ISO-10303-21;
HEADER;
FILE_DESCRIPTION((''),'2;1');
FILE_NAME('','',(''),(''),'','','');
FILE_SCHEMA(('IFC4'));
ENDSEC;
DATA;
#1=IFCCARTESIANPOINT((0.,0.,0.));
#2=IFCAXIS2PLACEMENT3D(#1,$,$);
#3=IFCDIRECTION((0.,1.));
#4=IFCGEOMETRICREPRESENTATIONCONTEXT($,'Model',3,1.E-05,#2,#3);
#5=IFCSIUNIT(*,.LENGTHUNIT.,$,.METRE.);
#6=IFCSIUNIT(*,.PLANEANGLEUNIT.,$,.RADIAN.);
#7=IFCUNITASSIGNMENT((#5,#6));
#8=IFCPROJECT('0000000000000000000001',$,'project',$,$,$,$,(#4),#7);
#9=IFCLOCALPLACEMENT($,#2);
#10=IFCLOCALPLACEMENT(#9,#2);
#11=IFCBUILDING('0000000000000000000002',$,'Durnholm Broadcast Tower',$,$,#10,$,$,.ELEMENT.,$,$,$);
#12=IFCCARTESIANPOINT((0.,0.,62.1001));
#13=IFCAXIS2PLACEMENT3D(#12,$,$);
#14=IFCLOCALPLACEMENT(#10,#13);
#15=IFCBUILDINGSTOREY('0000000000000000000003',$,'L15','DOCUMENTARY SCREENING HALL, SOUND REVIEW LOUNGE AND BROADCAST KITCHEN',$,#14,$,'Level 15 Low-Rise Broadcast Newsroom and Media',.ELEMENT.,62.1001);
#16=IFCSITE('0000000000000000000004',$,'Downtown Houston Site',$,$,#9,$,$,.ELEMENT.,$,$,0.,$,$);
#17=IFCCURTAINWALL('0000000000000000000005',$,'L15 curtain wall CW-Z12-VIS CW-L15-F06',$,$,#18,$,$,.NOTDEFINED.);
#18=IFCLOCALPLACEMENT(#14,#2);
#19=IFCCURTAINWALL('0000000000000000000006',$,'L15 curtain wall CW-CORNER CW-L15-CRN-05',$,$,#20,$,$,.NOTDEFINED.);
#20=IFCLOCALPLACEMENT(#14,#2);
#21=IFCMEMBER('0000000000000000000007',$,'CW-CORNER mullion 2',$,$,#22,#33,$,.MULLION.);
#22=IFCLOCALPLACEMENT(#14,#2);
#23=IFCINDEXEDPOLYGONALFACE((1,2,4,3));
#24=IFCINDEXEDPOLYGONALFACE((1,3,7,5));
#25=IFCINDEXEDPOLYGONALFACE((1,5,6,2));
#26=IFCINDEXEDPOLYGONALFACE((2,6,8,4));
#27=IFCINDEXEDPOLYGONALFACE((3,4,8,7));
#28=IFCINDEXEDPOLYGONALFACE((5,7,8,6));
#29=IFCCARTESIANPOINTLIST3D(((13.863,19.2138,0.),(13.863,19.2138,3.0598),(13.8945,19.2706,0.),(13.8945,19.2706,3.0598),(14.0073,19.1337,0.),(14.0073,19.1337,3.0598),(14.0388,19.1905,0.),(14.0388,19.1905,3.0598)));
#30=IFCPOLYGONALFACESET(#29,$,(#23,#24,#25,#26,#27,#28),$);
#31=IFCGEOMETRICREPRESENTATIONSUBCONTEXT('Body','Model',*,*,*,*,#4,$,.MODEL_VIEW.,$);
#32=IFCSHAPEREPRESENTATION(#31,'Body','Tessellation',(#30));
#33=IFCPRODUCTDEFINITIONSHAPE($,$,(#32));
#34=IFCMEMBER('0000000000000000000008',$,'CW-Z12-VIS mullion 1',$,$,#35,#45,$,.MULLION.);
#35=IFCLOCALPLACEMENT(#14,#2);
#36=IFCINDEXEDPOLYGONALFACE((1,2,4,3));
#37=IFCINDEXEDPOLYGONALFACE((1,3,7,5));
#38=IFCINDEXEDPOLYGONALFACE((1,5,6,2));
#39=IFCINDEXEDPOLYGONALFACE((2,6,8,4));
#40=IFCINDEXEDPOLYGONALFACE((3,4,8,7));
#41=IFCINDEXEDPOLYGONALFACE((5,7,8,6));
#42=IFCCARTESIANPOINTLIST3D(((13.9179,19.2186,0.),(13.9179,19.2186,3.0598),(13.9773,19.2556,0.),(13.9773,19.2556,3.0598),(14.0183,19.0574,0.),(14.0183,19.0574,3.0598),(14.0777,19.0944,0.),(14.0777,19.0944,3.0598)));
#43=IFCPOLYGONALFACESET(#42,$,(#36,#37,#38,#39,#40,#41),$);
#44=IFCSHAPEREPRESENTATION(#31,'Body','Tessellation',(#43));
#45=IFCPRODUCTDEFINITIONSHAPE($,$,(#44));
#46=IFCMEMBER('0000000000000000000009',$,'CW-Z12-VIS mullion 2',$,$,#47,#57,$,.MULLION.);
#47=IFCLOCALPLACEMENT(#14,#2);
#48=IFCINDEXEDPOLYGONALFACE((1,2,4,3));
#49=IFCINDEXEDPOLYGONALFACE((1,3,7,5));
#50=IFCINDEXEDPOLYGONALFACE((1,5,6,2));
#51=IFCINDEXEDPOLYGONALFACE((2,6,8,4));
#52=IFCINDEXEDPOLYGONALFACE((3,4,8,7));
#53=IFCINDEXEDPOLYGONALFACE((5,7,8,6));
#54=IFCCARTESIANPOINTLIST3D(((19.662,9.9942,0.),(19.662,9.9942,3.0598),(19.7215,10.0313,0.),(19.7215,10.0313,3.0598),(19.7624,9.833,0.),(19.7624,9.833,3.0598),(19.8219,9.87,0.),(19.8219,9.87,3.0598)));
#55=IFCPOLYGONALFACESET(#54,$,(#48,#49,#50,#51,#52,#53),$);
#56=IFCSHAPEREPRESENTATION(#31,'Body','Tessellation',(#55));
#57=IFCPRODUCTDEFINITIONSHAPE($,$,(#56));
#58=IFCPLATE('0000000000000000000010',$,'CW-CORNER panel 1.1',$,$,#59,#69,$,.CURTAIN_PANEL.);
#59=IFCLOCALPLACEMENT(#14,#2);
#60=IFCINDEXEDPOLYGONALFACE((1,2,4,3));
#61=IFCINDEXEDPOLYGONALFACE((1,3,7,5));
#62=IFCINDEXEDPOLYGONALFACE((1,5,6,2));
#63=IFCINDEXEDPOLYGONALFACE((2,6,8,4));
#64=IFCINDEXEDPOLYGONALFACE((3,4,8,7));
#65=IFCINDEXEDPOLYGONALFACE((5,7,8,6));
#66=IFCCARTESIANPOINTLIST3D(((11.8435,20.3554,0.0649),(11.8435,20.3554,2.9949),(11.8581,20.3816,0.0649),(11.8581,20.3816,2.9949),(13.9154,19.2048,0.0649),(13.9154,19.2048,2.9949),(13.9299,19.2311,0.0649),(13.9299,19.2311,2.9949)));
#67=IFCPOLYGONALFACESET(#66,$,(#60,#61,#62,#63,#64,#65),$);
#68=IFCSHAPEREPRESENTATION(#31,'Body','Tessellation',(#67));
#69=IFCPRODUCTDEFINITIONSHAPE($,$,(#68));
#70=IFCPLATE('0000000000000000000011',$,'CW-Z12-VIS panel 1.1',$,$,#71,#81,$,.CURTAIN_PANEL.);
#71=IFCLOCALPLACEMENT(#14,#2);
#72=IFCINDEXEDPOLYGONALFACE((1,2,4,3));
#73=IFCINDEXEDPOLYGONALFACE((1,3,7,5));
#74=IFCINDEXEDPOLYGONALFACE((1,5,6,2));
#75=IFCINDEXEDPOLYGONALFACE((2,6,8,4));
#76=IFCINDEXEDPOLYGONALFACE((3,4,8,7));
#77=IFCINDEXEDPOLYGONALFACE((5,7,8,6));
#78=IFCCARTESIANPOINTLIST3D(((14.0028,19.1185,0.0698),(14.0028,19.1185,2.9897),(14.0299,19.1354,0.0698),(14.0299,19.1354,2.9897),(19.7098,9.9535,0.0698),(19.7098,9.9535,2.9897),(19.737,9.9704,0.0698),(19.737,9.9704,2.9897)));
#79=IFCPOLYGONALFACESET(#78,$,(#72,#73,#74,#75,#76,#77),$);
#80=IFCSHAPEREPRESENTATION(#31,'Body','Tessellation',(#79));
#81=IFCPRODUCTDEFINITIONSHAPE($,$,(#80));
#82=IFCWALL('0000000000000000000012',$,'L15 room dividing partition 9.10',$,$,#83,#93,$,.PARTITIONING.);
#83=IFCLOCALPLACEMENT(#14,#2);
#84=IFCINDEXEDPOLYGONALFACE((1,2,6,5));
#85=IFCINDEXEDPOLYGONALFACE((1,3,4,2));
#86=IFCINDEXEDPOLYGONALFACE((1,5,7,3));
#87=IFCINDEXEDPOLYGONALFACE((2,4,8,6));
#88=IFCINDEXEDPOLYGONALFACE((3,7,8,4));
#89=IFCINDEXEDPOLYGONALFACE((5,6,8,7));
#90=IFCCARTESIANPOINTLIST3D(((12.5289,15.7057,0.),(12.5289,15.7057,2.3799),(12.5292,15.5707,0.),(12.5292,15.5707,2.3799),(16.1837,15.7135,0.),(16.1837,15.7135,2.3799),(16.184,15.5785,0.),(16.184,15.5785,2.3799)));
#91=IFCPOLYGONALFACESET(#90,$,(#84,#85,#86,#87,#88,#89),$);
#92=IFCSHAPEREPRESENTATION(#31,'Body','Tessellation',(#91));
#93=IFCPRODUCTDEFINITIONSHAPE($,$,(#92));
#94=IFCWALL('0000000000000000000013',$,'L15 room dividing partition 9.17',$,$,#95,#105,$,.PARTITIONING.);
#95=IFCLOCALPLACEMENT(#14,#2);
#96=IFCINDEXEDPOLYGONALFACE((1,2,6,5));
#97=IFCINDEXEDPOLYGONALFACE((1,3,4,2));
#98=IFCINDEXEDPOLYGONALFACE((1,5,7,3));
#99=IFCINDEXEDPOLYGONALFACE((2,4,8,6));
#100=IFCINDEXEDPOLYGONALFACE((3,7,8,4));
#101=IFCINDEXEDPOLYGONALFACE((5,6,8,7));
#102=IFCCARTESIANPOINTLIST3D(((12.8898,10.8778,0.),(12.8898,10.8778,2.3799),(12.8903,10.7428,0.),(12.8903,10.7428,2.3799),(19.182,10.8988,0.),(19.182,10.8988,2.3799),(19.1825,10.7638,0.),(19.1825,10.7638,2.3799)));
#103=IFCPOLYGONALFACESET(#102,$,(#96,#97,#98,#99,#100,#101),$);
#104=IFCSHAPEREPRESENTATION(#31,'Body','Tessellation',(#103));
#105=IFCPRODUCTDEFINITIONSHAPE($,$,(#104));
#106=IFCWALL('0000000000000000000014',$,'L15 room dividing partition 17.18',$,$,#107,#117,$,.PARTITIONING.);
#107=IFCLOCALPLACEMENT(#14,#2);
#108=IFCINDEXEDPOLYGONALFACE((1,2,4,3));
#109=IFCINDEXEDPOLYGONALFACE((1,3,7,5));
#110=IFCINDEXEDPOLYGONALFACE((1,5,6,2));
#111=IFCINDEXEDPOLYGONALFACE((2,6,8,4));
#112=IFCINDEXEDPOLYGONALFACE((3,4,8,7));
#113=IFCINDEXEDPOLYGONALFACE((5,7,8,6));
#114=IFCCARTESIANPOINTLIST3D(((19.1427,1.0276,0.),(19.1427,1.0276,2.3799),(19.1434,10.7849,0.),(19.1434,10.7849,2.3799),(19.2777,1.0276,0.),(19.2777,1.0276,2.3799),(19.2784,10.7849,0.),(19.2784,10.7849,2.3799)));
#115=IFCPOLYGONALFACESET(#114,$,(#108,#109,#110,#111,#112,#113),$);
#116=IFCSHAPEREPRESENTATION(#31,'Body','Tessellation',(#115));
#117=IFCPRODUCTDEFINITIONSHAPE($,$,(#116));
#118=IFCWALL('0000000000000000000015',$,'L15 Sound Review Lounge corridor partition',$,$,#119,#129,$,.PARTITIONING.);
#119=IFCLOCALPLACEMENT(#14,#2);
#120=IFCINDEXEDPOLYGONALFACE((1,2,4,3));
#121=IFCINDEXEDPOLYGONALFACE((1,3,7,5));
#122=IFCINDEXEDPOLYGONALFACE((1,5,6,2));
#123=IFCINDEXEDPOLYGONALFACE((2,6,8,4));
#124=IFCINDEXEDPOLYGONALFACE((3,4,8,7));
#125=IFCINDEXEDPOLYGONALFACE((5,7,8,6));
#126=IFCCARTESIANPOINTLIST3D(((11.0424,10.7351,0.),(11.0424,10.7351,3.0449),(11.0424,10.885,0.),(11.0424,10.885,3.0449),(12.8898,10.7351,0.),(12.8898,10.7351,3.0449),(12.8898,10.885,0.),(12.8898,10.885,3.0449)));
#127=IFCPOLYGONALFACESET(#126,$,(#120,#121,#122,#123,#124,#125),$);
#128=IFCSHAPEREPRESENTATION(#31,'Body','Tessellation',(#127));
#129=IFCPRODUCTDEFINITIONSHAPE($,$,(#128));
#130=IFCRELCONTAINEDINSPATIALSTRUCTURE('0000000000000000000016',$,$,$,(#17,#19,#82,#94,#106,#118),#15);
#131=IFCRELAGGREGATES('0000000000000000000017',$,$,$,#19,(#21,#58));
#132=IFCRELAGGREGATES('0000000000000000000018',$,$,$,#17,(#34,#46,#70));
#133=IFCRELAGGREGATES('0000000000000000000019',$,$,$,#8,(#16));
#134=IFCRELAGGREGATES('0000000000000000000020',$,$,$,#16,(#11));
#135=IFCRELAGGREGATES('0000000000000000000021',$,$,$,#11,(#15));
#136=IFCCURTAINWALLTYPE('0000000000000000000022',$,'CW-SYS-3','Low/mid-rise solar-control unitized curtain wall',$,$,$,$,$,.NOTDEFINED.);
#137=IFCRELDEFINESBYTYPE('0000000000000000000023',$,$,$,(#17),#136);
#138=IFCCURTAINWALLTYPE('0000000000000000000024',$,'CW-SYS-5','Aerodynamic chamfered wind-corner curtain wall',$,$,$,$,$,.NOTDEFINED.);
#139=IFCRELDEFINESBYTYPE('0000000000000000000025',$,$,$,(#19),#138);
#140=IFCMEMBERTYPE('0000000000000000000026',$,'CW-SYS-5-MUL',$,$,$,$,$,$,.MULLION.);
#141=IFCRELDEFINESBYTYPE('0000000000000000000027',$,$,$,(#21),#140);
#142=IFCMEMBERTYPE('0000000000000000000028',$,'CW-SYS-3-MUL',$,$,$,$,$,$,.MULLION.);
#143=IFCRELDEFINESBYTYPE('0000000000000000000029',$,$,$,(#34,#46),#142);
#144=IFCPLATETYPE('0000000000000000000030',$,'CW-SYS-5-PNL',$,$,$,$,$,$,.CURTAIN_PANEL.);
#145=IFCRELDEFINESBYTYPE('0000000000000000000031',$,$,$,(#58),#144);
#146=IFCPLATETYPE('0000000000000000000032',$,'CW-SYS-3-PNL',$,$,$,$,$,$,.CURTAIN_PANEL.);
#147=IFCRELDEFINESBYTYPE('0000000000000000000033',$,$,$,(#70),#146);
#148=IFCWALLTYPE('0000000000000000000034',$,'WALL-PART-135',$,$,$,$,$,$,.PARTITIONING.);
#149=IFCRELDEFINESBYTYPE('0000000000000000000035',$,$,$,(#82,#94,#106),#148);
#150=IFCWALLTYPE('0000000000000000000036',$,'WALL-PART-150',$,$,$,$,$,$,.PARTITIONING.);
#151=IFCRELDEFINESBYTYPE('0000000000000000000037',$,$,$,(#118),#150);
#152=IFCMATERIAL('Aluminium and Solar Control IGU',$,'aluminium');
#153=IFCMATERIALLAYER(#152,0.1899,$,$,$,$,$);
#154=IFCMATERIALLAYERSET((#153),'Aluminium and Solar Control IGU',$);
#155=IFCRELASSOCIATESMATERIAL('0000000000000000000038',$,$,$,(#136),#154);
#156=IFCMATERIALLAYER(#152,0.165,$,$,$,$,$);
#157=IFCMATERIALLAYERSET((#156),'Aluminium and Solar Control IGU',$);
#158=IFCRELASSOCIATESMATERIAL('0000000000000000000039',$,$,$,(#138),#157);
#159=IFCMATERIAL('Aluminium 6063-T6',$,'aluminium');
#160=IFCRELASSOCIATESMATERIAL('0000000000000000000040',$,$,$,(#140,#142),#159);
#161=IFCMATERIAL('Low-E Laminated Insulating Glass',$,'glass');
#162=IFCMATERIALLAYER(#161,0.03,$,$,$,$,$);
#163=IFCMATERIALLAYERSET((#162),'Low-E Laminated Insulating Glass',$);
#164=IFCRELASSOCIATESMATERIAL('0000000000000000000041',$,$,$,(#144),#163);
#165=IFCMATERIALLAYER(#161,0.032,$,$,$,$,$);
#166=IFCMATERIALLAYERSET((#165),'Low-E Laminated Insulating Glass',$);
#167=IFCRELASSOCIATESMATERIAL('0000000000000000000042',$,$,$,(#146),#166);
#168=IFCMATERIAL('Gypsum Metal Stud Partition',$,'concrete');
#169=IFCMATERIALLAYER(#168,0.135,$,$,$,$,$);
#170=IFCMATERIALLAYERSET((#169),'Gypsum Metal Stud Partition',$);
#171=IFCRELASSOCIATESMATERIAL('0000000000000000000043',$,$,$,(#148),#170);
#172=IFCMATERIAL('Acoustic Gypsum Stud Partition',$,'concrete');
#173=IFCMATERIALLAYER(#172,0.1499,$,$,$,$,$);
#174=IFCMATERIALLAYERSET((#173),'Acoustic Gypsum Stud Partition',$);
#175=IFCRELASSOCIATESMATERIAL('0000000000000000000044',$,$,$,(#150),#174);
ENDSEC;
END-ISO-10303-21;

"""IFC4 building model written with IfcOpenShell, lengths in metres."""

from ifc_helpers import new_model, si_unit, direction, frame, frame_2d, origin, origin_2d, place, context, subcontext, project, spatial, rectangle, extrude, source, transform, mapped, material, layer, layer_set, material_profile, profile_set, type_object, type_shapes, element, aggregate, save


model = new_model("IFC4")

# Units and contexts
model_context = context("Model", 3, precision=1e-05, world=origin(), true_north=direction((0.0, 1.0)))
body_context = subcontext(model_context, "Body", "Model", "MODEL_VIEW")
ifc_project = project(units=[si_unit("LENGTHUNIT", "METRE"), si_unit("PLANEANGLEUNIT", "RADIAN")], contexts=[model_context])

# Site, building, storey
site_placement = place(None, origin())
site = spatial("IfcSite", under=ifc_project, at=site_placement, Name="Downtown Houston Site", CompositionType="ELEMENT", RefElevation=0.0)
building_placement = place(site_placement, origin())
building = spatial("IfcBuilding", under=site, at=building_placement, Name="Durnholm Broadcast Tower", CompositionType="ELEMENT")
storey_placement = place(building_placement, frame((0.0, 0.0, 62.1001)))
storey = spatial("IfcBuildingStorey", under=building, at=storey_placement, Name="L15", Description="DOCUMENTARY SCREENING HALL, SOUND REVIEW LOUNGE AND BROADCAST KITCHEN", LongName="Level 15 Low-Rise Broadcast Newsroom and Media", CompositionType="ELEMENT", Elevation=62.1001)

# Curtain wall
ifc_material_1 = material(Name="Aluminium and Solar Control IGU", Category="aluminium")
ifc_layer_1 = layer(ifc_material_1, 0.1899)
ifc_layer_set_1 = layer_set([ifc_layer_1], Name="Aluminium and Solar Control IGU")
curtain_wall_type_1 = type_object("IfcCurtainWallType", Name="CW-SYS-3", Description="Low/mid-rise solar-control unitized curtain wall", PredefinedType="NOTDEFINED", material=ifc_layer_set_1)
curtain_wall_1_placement = place(storey_placement, origin())
curtain_wall_1 = element("IfcCurtainWall", 1, at=curtain_wall_1_placement, inside=storey, type_object=curtain_wall_type_1, Name="L15 curtain wall CW-Z12-VIS CW-L15-F06", PredefinedType="NOTDEFINED")
ifc_material_2 = material(Name="Aluminium 6063-T6", Category="aluminium")

# Curtain wall, member
ifc_layer_2 = layer(ifc_material_1, 0.165)
ifc_layer_set_2 = layer_set([ifc_layer_2], Name="Aluminium and Solar Control IGU")
curtain_wall_type_2 = type_object("IfcCurtainWallType", Name="CW-SYS-5", Description="Aerodynamic chamfered wind-corner curtain wall", PredefinedType="NOTDEFINED", material=ifc_layer_set_2)
curtain_wall_2_placement = place(storey_placement, origin())
curtain_wall_2 = element("IfcCurtainWall", 2, at=curtain_wall_2_placement, inside=storey, type_object=curtain_wall_type_2, Name="L15 curtain wall CW-CORNER CW-L15-CRN-05", PredefinedType="NOTDEFINED")
ifc_material_profile_1 = material_profile(ifc_material_2, rectangle(XDim=0.0649, YDim=0.165, at=origin_2d()), Name="CWM65X165")
ifc_profile_set_1 = profile_set([ifc_material_profile_1], Name="Aluminium 6063-T6")
member_type_1 = type_object("IfcMemberType", Name="CW-SYS-5-MUL", PredefinedType="MULLION", material=ifc_profile_set_1)
shared_shape_1 = source(origin(), body_context, "Body", "SweptSolid", [
    extrude(rectangle(XDim=0.0649, YDim=0.165, at=origin_2d()), origin(), (0.0, 0.0, 1.0), 3.0598),
])
type_shapes(member_type_1, [shared_shape_1])
member_1_placement = place(storey_placement, frame((13.9509, 19.2021, 0.0), z_axis=(0.0, 0.0, 1.0), x_axis=(0.485483, 0.874246, 0.0)))
member_1 = element("IfcMember", 3, at=member_1_placement, type_object=member_type_1, Name="CW-CORNER mullion 2", PredefinedType="MULLION", context=body_context, shape_type="MappedRepresentation", body=[
    mapped(shared_shape_1, transform((0.0, 0.0, 0.0), x_axis=(1.0, 0.0, 0.0), y_axis=(0.0, 1.0, 0.0), z_axis=(0.0, 0.0, 1.0), scale=1.0)),
])

# Members
ifc_material_profile_2 = material_profile(ifc_material_2, rectangle(XDim=0.0701, YDim=0.1899, at=origin_2d()), Name="CWM70X190")
ifc_profile_set_2 = profile_set([ifc_material_profile_2], Name="Aluminium 6063-T6")
member_type_2 = type_object("IfcMemberType", Name="CW-SYS-3-MUL", PredefinedType="MULLION", material=ifc_profile_set_2)
shared_shape_2 = source(origin(), body_context, "Body", "SweptSolid", [
    extrude(rectangle(XDim=0.0701, YDim=0.1899, at=origin_2d()), origin(), (0.0, 0.0, 1.0), 3.0598),
])
type_shapes(member_type_2, [shared_shape_2])
member_2_placement = place(storey_placement, frame((13.9978, 19.1565, 0.0), z_axis=(0.0, 0.0, 1.0), x_axis=(0.848876, 0.528592, 0.0)))
member_2 = element("IfcMember", 4, at=member_2_placement, type_object=member_type_2, Name="CW-Z12-VIS mullion 1", PredefinedType="MULLION", context=body_context, shape_type="MappedRepresentation", body=[
    mapped(shared_shape_2, transform((0.0, 0.0, 0.0), x_axis=(1.0, 0.0, 0.0), y_axis=(0.0, 1.0, 0.0), z_axis=(0.0, 0.0, 1.0), scale=1.0)),
])
member_3_placement = place(storey_placement, frame((19.7419, 9.9321, 0.0), z_axis=(0.0, 0.0, 1.0), x_axis=(0.848876, 0.528592, 0.0)))
member_3 = element("IfcMember", 5, at=member_3_placement, type_object=member_type_2, Name="CW-Z12-VIS mullion 2", PredefinedType="MULLION", context=body_context, shape_type="MappedRepresentation", body=[
    mapped(shared_shape_2, transform((0.0, 0.0, 0.0), x_axis=(1.0, 0.0, 0.0), y_axis=(0.0, 1.0, 0.0), z_axis=(0.0, 0.0, 1.0), scale=1.0)),
])

# Plates
ifc_material_3 = material(Name="Low-E Laminated Insulating Glass", Category="glass")
ifc_layer_3 = layer(ifc_material_3, 0.03)
ifc_layer_set_3 = layer_set([ifc_layer_3], Name="Low-E Laminated Insulating Glass")
plate_type_1 = type_object("IfcPlateType", Name="CW-SYS-5-PNL", PredefinedType="CURTAIN_PANEL", material=ifc_layer_set_3)
shared_shape_3 = source(origin(), body_context, "Body", "SweptSolid", [
    extrude(rectangle(XDim=2.3699, YDim=0.03, at=origin_2d()), origin(), (0.0, 0.0, 1.0), 2.9299),
])
type_shapes(plate_type_1, [shared_shape_3])
plate_1_placement = place(storey_placement, frame((12.8867, 19.7932, 0.0649), z_axis=(0.0, 0.0, 1.0), x_axis=(0.874246, -0.485483, 0.0)))
plate_1 = element("IfcPlate", 6, at=plate_1_placement, type_object=plate_type_1, Name="CW-CORNER panel 1.1", PredefinedType="CURTAIN_PANEL", context=body_context, shape_type="MappedRepresentation", body=[
    mapped(shared_shape_3, transform((0.0, 0.0, 0.0), x_axis=(1.0, 0.0, 0.0), y_axis=(0.0, 1.0, 0.0), z_axis=(0.0, 0.0, 1.0), scale=1.0)),
])
aggregate(curtain_wall_2, [member_1, plate_1])
ifc_layer_4 = layer(ifc_material_3, 0.032)
ifc_layer_set_4 = layer_set([ifc_layer_4], Name="Low-E Laminated Insulating Glass")
plate_type_2 = type_object("IfcPlateType", Name="CW-SYS-3-PNL", PredefinedType="CURTAIN_PANEL", material=ifc_layer_set_4)
shared_shape_4 = source(origin(), body_context, "Body", "SweptSolid", [
    extrude(rectangle(XDim=10.7966, YDim=0.032, at=origin_2d()), origin(), (0.0, 0.0, 1.0), 2.9199),
])
type_shapes(plate_type_2, [shared_shape_4])
plate_2_placement = place(storey_placement, frame((16.8699, 14.5444, 0.0698), z_axis=(0.0, 0.0, 1.0), x_axis=(0.528592, -0.848876, 0.0)))
plate_2 = element("IfcPlate", 7, at=plate_2_placement, type_object=plate_type_2, Name="CW-Z12-VIS panel 1.1", PredefinedType="CURTAIN_PANEL", context=body_context, shape_type="MappedRepresentation", body=[
    mapped(shared_shape_4, transform((0.0, 0.0, 0.0), x_axis=(1.0, 0.0, 0.0), y_axis=(0.0, 1.0, 0.0), z_axis=(0.0, 0.0, 1.0), scale=1.0)),
])
aggregate(curtain_wall_1, [member_2, member_3, plate_2])

# Walls
ifc_material_4 = material(Name="Gypsum Metal Stud Partition", Category="concrete")
ifc_layer_5 = layer(ifc_material_4, 0.135)
ifc_layer_set_5 = layer_set([ifc_layer_5], Name="Gypsum Metal Stud Partition")
wall_type_1 = type_object("IfcWallType", Name="WALL-PART-135", PredefinedType="PARTITIONING", material=ifc_layer_set_5)
wall_1_placement = place(storey_placement, frame((12.5291, 15.6382, 0.0), z_axis=(0.0, 0.0, 1.0), x_axis=(0.999998, 0.002138, 0.0)))
element("IfcWall", 8, at=wall_1_placement, inside=storey, type_object=wall_type_1, Name="L15 room dividing partition 9.10", PredefinedType="PARTITIONING", context=body_context, shape_type="SweptSolid", body=[
    extrude(rectangle(XDim=3.6548, YDim=0.135, at=frame_2d((1.8274, 0.0))), origin(), (0.0, 0.0, 1.0), 2.3799),
])
wall_2_placement = place(storey_placement, frame((19.1821, 10.8313, 0.0), z_axis=(0.0, 0.0, 1.0), x_axis=(-0.999994, -0.003337, 0.0)))
element("IfcWall", 9, at=wall_2_placement, inside=storey, type_object=wall_type_1, Name="L15 room dividing partition 9.17", PredefinedType="PARTITIONING", context=body_context, shape_type="SweptSolid", body=[
    extrude(rectangle(XDim=6.2922, YDim=0.135, at=frame_2d((3.146, 0.0))), origin(), (0.0, 0.0, 1.0), 2.3799),
])
wall_3_placement = place(storey_placement, frame((19.2109, 10.7849, 0.0), z_axis=(0.0, 0.0, 1.0), x_axis=(-0.000075, -1.0, 0.0)))
element("IfcWall", 10, at=wall_3_placement, inside=storey, type_object=wall_type_1, Name="L15 room dividing partition 17.18", PredefinedType="PARTITIONING", context=body_context, shape_type="SweptSolid", body=[
    extrude(rectangle(XDim=9.7573, YDim=0.135, at=frame_2d((4.8787, 0.0))), origin(), (0.0, 0.0, 1.0), 2.3799),
])
ifc_material_5 = material(Name="Acoustic Gypsum Stud Partition", Category="concrete")
ifc_layer_6 = layer(ifc_material_5, 0.1499)
ifc_layer_set_6 = layer_set([ifc_layer_6], Name="Acoustic Gypsum Stud Partition")
wall_type_2 = type_object("IfcWallType", Name="WALL-PART-150", PredefinedType="PARTITIONING", material=ifc_layer_set_6)
wall_4_placement = place(storey_placement, frame((12.8899, 10.8101, 0.0), z_axis=(0.0, 0.0, 1.0), x_axis=(-1.0, 0.0, 0.0)))
element("IfcWall", 11, at=wall_4_placement, inside=storey, type_object=wall_type_2, Name="L15 Sound Review Lounge corridor partition", PredefinedType="PARTITIONING", context=body_context, shape_type="SweptSolid", body=[
    extrude(rectangle(XDim=1.8474, YDim=0.1499, at=frame_2d((0.9238, 0.0))), origin(), (0.0, 0.0, 1.0), 3.0449),
])

save(model, "model.ifc")
